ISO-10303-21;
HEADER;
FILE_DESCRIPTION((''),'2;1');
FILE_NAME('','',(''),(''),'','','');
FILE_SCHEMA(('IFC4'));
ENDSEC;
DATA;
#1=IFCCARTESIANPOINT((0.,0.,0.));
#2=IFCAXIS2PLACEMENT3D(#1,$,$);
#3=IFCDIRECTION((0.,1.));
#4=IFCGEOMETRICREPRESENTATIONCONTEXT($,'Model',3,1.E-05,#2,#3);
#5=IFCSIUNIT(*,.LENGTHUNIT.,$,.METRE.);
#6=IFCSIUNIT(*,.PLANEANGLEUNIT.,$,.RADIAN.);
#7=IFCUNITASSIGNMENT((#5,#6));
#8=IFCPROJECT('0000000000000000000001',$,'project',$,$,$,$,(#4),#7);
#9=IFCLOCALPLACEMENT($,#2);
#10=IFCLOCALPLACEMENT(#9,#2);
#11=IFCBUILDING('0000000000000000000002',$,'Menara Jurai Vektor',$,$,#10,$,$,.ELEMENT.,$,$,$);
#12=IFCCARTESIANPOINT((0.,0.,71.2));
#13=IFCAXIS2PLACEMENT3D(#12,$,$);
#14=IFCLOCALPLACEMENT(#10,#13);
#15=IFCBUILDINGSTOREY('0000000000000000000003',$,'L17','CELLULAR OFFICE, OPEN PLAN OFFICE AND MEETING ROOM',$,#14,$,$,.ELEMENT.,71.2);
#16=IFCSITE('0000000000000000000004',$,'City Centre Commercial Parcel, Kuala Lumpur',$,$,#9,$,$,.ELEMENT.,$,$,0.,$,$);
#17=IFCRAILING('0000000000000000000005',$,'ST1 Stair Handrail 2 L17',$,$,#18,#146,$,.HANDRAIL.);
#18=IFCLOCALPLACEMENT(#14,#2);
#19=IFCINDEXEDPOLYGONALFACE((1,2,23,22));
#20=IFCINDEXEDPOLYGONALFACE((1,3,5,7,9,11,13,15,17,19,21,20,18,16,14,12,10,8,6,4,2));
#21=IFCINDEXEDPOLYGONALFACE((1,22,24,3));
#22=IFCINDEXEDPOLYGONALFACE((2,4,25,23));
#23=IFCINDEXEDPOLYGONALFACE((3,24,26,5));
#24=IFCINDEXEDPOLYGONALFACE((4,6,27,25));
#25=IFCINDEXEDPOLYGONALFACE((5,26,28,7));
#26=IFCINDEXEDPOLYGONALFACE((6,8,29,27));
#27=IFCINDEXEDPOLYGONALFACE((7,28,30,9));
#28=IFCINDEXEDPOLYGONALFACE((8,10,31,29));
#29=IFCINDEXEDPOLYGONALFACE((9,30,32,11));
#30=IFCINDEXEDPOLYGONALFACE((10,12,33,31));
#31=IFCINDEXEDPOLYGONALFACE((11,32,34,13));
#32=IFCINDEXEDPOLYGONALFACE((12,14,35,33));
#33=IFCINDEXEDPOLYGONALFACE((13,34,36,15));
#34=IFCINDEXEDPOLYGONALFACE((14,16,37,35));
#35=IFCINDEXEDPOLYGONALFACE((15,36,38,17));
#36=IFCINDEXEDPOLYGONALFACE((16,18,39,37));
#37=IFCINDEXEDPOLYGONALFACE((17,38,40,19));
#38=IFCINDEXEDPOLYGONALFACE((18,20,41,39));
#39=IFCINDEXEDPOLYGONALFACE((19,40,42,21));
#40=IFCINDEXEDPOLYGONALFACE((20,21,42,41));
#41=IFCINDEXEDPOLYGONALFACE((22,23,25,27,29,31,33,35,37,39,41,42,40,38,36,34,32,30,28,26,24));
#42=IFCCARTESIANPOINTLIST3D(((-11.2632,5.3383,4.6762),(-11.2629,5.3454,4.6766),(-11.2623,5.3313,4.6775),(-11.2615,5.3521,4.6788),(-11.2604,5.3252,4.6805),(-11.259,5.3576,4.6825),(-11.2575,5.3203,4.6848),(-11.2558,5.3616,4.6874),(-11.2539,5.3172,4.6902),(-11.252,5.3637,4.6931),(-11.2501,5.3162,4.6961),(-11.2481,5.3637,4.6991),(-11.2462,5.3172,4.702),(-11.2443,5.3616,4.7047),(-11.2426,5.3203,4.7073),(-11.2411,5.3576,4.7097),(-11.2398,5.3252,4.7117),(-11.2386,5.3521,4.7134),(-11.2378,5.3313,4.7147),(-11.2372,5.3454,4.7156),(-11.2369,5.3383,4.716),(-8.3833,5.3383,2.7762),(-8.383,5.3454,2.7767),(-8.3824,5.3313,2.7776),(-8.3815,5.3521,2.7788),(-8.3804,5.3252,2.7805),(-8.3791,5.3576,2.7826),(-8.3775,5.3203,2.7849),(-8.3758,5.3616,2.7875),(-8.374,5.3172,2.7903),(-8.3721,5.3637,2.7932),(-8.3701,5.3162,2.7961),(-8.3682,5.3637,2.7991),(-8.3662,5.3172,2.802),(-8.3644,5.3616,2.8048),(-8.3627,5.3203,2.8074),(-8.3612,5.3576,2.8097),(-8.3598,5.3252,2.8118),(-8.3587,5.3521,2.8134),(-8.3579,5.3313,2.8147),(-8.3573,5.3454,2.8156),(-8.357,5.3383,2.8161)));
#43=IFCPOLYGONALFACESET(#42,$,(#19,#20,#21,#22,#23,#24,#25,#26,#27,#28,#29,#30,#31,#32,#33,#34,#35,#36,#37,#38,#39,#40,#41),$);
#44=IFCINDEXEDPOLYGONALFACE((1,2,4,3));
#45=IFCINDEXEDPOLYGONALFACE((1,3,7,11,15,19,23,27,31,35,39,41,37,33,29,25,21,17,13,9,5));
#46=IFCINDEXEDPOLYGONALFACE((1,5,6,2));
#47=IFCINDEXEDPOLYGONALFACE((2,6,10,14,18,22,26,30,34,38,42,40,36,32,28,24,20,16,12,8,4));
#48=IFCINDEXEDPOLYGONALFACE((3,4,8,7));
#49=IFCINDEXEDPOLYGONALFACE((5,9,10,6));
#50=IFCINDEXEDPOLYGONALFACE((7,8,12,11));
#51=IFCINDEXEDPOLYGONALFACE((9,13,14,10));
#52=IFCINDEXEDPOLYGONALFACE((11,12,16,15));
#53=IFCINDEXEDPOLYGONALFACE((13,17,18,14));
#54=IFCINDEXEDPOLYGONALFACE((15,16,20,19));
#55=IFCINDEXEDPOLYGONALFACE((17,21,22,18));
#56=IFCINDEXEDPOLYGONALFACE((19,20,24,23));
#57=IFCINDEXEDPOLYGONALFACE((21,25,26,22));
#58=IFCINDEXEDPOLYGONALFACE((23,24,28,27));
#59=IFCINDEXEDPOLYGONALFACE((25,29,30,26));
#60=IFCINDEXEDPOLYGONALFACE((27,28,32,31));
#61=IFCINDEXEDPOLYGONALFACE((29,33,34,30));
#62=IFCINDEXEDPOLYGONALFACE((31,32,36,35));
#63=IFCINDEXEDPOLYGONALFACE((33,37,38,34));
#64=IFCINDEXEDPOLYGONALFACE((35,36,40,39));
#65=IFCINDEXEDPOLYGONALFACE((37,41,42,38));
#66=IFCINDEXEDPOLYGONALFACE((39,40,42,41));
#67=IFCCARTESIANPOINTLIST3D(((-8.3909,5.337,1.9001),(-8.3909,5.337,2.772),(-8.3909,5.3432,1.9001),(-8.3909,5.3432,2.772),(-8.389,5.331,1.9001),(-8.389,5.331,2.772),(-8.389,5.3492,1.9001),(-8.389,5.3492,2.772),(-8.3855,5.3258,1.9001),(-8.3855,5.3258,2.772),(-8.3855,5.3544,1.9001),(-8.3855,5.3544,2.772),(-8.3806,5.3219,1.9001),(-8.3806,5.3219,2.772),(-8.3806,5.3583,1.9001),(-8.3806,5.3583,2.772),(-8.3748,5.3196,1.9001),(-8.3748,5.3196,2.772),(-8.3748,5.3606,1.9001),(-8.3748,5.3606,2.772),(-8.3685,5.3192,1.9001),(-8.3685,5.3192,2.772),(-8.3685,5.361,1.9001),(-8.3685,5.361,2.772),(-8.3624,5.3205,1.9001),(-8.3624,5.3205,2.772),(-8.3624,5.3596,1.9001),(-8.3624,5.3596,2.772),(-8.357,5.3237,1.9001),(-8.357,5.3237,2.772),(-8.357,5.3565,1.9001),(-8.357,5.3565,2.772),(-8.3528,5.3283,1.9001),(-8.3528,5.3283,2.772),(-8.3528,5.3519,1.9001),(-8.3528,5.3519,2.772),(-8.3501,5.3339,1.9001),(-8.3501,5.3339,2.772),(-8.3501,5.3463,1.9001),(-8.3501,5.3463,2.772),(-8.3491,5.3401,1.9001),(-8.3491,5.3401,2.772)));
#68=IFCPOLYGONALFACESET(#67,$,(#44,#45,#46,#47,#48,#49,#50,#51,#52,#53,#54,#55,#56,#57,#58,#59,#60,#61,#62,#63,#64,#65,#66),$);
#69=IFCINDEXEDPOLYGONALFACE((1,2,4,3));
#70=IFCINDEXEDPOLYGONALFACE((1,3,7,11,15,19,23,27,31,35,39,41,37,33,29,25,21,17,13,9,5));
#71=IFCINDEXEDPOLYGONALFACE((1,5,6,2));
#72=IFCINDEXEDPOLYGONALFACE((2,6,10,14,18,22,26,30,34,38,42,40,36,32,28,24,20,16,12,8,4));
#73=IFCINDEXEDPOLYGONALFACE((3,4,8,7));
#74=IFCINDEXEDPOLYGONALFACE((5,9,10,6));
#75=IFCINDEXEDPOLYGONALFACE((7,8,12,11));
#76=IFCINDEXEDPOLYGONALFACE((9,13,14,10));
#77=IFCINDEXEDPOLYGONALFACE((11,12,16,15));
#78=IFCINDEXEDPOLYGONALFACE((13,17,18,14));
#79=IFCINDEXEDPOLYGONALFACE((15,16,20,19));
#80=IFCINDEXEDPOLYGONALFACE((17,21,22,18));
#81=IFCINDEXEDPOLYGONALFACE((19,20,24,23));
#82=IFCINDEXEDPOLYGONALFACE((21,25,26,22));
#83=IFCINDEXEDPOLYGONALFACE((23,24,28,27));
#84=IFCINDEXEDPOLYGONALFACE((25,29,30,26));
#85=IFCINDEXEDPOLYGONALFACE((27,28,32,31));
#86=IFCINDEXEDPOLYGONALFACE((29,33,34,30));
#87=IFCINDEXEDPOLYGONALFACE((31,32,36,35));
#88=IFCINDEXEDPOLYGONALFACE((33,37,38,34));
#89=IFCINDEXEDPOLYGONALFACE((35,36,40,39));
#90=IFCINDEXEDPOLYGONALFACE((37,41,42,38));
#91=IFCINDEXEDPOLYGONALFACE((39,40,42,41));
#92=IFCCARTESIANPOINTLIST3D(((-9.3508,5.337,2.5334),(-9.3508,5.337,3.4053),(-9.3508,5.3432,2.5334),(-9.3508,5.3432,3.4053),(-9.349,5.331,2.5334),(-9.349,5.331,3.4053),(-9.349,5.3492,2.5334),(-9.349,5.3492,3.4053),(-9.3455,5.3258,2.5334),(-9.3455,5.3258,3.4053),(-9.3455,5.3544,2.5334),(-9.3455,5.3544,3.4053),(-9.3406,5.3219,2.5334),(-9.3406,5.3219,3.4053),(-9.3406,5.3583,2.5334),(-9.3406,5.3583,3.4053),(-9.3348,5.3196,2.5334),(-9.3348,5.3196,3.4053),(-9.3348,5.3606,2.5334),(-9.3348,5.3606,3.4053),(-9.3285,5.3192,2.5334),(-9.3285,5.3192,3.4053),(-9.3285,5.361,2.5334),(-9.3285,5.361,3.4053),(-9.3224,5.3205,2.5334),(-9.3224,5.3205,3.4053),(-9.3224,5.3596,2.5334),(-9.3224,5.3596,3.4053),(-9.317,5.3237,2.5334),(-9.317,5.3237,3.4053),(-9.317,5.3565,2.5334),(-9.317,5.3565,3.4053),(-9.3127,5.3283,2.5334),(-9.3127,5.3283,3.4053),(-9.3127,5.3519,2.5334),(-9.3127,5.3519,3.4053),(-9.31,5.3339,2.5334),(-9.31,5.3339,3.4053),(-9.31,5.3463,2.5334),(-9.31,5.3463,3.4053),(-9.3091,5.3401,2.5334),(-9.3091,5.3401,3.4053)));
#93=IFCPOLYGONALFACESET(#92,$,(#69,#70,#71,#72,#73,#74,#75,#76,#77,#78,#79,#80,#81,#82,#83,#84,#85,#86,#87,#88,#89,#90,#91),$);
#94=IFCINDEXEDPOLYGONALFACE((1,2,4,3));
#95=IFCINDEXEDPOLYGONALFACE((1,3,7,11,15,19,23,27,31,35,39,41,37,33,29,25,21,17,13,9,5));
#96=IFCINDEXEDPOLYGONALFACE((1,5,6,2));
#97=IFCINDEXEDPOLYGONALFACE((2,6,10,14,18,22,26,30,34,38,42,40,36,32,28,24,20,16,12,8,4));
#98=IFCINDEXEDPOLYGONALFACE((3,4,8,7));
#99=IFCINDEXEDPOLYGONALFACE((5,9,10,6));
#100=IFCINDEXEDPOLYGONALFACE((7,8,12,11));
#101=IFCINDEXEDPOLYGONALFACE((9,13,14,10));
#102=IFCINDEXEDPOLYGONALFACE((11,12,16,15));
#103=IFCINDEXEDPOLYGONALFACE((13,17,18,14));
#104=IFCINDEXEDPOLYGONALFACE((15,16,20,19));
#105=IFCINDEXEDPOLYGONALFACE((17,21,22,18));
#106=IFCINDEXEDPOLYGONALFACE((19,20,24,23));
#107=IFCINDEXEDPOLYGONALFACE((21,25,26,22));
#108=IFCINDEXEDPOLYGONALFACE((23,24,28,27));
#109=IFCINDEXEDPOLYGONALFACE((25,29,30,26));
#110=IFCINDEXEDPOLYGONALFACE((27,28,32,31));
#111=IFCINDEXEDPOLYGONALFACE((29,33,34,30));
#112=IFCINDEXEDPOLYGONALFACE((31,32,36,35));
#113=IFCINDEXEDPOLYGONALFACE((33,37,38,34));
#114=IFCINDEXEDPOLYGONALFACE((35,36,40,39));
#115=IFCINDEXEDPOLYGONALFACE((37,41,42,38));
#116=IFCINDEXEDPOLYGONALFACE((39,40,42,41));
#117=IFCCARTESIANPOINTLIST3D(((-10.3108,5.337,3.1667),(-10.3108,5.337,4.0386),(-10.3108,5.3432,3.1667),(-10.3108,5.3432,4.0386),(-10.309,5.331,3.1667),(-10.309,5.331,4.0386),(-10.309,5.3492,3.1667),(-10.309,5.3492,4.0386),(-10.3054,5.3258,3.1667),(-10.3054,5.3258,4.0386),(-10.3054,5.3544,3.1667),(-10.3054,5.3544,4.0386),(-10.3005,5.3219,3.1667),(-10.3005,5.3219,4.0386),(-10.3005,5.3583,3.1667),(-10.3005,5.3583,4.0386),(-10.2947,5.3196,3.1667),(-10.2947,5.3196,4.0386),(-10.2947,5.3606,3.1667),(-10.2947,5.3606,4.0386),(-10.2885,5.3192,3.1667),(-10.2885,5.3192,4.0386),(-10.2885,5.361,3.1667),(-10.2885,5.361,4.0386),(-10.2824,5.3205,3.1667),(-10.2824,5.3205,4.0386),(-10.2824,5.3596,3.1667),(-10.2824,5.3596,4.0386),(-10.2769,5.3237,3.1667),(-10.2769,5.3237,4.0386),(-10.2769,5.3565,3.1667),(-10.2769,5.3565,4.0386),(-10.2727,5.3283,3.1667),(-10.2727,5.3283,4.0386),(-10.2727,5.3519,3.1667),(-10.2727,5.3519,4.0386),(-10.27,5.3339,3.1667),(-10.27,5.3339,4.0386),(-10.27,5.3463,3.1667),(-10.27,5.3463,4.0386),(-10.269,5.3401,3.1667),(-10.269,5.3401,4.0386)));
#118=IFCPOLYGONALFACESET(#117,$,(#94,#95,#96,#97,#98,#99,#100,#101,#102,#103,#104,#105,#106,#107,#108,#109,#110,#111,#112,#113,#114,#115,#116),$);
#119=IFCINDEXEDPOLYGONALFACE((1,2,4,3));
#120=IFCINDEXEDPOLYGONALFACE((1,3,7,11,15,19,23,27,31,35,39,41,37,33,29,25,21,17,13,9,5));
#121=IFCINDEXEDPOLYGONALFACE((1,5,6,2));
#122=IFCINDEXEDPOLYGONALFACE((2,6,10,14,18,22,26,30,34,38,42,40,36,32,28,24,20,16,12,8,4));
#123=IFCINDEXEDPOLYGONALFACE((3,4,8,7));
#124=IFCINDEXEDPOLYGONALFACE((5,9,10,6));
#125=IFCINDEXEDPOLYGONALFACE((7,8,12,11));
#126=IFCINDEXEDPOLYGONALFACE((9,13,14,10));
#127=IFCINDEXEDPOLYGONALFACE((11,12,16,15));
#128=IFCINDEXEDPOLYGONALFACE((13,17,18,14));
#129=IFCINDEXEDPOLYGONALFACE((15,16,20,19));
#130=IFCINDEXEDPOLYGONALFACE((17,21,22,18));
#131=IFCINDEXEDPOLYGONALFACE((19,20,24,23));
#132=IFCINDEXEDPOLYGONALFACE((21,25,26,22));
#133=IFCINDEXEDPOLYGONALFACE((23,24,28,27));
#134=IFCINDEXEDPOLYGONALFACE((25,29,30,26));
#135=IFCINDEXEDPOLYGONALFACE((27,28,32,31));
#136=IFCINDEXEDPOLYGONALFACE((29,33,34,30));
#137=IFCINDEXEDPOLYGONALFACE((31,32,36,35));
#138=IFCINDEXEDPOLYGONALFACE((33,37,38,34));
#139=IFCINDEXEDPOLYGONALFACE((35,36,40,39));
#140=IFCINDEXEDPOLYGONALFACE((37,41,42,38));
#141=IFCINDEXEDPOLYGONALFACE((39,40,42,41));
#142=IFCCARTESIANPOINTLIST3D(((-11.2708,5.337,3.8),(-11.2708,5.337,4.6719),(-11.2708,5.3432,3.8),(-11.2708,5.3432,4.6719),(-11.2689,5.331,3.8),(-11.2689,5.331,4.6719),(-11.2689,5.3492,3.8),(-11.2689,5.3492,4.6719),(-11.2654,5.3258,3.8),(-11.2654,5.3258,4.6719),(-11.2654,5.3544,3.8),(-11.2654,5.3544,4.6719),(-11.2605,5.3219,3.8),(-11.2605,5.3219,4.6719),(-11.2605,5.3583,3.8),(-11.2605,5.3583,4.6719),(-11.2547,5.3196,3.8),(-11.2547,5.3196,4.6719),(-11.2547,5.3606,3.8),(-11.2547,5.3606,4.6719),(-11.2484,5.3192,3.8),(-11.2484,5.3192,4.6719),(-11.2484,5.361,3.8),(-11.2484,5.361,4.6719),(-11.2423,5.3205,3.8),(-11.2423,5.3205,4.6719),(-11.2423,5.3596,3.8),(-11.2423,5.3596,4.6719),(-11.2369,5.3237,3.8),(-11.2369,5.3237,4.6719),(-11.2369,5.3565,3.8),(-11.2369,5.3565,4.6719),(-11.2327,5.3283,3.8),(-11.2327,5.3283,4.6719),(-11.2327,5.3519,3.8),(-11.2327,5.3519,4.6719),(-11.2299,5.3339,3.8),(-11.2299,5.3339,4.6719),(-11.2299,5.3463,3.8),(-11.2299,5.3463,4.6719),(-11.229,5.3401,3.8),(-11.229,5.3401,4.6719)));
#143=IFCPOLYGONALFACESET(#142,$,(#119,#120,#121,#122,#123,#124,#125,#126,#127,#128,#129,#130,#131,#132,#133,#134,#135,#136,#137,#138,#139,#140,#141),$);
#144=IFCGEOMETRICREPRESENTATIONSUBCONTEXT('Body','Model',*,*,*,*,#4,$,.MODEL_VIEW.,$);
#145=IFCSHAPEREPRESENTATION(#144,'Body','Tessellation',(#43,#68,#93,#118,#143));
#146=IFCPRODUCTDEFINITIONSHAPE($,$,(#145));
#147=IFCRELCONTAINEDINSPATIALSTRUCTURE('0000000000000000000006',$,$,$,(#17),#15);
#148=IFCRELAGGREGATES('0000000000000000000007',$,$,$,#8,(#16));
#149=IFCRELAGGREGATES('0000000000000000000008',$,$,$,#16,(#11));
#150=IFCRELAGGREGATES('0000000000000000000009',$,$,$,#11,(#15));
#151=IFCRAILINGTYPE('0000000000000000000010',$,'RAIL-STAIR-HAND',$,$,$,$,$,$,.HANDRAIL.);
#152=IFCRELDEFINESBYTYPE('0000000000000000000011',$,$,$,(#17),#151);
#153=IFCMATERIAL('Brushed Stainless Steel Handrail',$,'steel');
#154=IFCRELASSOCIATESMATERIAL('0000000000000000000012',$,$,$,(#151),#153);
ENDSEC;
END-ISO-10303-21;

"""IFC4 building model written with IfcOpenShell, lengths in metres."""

from ifc_helpers import new_model, si_unit, direction, frame, origin, origin_2d, place, context, subcontext, project, spatial, circle, extrude, material, type_object, element, save


model = new_model("IFC4")

# Units and contexts
model_context = context("Model", 3, precision=1e-05, world=origin(), true_north=direction((0.0, 1.0)))
body_context = subcontext(model_context, "Body", "Model", "MODEL_VIEW")
ifc_project = project(units=[si_unit("LENGTHUNIT", "METRE"), si_unit("PLANEANGLEUNIT", "RADIAN")], contexts=[model_context])

# Site, building, storey
site_placement = place(None, origin())
site = spatial("IfcSite", under=ifc_project, at=site_placement, Name="City Centre Commercial Parcel, Kuala Lumpur", CompositionType="ELEMENT", RefElevation=0.0)
building_placement = place(site_placement, origin())
building = spatial("IfcBuilding", under=site, at=building_placement, Name="Menara Jurai Vektor", CompositionType="ELEMENT")
storey_placement = place(building_placement, frame((0.0, 0.0, 71.2)))
storey = spatial("IfcBuildingStorey", under=building, at=storey_placement, Name="L17", Description="CELLULAR OFFICE, OPEN PLAN OFFICE AND MEETING ROOM", CompositionType="ELEMENT", Elevation=71.2)

# Railing
ifc_material_1 = material(Name="Brushed Stainless Steel Handrail", Category="steel")
railing_type_1 = type_object("IfcRailingType", Name="RAIL-STAIR-HAND", PredefinedType="HANDRAIL", material=ifc_material_1)
railing_1_placement = place(storey_placement, frame((-8.3701, 5.3401, 1.9001)))
element("IfcRailing", 1, at=railing_1_placement, inside=storey, type_object=railing_type_1, Name="ST1 Stair Handrail 2 L17", PredefinedType="HANDRAIL", context=body_context, shape_type="SweptSolid", body=[
    extrude(circle(Radius=0.0239, at=origin_2d()), frame((0.0, 0.0, 0.896), z_axis=(-0.834719, 0.0, 0.550677), x_axis=(0.0, -1.0, 0.0)), (0.0, 0.0, 1.0), 3.4502),
    extrude(circle(Radius=0.021, at=origin_2d()), origin(), (0.0, 0.0, 1.0), 0.8718),
    extrude(circle(Radius=0.021, at=origin_2d()), frame((-0.96, 0.0, 0.6333)), (0.0, 0.0, 1.0), 0.8718),
    extrude(circle(Radius=0.021, at=origin_2d()), frame((-1.9199, 0.0, 1.2666)), (0.0, 0.0, 1.0), 0.8718),
    extrude(circle(Radius=0.021, at=origin_2d()), frame((-2.8799, 0.0, 1.8999)), (0.0, 0.0, 1.0), 0.8718),
])

save(model, "model.ifc")
